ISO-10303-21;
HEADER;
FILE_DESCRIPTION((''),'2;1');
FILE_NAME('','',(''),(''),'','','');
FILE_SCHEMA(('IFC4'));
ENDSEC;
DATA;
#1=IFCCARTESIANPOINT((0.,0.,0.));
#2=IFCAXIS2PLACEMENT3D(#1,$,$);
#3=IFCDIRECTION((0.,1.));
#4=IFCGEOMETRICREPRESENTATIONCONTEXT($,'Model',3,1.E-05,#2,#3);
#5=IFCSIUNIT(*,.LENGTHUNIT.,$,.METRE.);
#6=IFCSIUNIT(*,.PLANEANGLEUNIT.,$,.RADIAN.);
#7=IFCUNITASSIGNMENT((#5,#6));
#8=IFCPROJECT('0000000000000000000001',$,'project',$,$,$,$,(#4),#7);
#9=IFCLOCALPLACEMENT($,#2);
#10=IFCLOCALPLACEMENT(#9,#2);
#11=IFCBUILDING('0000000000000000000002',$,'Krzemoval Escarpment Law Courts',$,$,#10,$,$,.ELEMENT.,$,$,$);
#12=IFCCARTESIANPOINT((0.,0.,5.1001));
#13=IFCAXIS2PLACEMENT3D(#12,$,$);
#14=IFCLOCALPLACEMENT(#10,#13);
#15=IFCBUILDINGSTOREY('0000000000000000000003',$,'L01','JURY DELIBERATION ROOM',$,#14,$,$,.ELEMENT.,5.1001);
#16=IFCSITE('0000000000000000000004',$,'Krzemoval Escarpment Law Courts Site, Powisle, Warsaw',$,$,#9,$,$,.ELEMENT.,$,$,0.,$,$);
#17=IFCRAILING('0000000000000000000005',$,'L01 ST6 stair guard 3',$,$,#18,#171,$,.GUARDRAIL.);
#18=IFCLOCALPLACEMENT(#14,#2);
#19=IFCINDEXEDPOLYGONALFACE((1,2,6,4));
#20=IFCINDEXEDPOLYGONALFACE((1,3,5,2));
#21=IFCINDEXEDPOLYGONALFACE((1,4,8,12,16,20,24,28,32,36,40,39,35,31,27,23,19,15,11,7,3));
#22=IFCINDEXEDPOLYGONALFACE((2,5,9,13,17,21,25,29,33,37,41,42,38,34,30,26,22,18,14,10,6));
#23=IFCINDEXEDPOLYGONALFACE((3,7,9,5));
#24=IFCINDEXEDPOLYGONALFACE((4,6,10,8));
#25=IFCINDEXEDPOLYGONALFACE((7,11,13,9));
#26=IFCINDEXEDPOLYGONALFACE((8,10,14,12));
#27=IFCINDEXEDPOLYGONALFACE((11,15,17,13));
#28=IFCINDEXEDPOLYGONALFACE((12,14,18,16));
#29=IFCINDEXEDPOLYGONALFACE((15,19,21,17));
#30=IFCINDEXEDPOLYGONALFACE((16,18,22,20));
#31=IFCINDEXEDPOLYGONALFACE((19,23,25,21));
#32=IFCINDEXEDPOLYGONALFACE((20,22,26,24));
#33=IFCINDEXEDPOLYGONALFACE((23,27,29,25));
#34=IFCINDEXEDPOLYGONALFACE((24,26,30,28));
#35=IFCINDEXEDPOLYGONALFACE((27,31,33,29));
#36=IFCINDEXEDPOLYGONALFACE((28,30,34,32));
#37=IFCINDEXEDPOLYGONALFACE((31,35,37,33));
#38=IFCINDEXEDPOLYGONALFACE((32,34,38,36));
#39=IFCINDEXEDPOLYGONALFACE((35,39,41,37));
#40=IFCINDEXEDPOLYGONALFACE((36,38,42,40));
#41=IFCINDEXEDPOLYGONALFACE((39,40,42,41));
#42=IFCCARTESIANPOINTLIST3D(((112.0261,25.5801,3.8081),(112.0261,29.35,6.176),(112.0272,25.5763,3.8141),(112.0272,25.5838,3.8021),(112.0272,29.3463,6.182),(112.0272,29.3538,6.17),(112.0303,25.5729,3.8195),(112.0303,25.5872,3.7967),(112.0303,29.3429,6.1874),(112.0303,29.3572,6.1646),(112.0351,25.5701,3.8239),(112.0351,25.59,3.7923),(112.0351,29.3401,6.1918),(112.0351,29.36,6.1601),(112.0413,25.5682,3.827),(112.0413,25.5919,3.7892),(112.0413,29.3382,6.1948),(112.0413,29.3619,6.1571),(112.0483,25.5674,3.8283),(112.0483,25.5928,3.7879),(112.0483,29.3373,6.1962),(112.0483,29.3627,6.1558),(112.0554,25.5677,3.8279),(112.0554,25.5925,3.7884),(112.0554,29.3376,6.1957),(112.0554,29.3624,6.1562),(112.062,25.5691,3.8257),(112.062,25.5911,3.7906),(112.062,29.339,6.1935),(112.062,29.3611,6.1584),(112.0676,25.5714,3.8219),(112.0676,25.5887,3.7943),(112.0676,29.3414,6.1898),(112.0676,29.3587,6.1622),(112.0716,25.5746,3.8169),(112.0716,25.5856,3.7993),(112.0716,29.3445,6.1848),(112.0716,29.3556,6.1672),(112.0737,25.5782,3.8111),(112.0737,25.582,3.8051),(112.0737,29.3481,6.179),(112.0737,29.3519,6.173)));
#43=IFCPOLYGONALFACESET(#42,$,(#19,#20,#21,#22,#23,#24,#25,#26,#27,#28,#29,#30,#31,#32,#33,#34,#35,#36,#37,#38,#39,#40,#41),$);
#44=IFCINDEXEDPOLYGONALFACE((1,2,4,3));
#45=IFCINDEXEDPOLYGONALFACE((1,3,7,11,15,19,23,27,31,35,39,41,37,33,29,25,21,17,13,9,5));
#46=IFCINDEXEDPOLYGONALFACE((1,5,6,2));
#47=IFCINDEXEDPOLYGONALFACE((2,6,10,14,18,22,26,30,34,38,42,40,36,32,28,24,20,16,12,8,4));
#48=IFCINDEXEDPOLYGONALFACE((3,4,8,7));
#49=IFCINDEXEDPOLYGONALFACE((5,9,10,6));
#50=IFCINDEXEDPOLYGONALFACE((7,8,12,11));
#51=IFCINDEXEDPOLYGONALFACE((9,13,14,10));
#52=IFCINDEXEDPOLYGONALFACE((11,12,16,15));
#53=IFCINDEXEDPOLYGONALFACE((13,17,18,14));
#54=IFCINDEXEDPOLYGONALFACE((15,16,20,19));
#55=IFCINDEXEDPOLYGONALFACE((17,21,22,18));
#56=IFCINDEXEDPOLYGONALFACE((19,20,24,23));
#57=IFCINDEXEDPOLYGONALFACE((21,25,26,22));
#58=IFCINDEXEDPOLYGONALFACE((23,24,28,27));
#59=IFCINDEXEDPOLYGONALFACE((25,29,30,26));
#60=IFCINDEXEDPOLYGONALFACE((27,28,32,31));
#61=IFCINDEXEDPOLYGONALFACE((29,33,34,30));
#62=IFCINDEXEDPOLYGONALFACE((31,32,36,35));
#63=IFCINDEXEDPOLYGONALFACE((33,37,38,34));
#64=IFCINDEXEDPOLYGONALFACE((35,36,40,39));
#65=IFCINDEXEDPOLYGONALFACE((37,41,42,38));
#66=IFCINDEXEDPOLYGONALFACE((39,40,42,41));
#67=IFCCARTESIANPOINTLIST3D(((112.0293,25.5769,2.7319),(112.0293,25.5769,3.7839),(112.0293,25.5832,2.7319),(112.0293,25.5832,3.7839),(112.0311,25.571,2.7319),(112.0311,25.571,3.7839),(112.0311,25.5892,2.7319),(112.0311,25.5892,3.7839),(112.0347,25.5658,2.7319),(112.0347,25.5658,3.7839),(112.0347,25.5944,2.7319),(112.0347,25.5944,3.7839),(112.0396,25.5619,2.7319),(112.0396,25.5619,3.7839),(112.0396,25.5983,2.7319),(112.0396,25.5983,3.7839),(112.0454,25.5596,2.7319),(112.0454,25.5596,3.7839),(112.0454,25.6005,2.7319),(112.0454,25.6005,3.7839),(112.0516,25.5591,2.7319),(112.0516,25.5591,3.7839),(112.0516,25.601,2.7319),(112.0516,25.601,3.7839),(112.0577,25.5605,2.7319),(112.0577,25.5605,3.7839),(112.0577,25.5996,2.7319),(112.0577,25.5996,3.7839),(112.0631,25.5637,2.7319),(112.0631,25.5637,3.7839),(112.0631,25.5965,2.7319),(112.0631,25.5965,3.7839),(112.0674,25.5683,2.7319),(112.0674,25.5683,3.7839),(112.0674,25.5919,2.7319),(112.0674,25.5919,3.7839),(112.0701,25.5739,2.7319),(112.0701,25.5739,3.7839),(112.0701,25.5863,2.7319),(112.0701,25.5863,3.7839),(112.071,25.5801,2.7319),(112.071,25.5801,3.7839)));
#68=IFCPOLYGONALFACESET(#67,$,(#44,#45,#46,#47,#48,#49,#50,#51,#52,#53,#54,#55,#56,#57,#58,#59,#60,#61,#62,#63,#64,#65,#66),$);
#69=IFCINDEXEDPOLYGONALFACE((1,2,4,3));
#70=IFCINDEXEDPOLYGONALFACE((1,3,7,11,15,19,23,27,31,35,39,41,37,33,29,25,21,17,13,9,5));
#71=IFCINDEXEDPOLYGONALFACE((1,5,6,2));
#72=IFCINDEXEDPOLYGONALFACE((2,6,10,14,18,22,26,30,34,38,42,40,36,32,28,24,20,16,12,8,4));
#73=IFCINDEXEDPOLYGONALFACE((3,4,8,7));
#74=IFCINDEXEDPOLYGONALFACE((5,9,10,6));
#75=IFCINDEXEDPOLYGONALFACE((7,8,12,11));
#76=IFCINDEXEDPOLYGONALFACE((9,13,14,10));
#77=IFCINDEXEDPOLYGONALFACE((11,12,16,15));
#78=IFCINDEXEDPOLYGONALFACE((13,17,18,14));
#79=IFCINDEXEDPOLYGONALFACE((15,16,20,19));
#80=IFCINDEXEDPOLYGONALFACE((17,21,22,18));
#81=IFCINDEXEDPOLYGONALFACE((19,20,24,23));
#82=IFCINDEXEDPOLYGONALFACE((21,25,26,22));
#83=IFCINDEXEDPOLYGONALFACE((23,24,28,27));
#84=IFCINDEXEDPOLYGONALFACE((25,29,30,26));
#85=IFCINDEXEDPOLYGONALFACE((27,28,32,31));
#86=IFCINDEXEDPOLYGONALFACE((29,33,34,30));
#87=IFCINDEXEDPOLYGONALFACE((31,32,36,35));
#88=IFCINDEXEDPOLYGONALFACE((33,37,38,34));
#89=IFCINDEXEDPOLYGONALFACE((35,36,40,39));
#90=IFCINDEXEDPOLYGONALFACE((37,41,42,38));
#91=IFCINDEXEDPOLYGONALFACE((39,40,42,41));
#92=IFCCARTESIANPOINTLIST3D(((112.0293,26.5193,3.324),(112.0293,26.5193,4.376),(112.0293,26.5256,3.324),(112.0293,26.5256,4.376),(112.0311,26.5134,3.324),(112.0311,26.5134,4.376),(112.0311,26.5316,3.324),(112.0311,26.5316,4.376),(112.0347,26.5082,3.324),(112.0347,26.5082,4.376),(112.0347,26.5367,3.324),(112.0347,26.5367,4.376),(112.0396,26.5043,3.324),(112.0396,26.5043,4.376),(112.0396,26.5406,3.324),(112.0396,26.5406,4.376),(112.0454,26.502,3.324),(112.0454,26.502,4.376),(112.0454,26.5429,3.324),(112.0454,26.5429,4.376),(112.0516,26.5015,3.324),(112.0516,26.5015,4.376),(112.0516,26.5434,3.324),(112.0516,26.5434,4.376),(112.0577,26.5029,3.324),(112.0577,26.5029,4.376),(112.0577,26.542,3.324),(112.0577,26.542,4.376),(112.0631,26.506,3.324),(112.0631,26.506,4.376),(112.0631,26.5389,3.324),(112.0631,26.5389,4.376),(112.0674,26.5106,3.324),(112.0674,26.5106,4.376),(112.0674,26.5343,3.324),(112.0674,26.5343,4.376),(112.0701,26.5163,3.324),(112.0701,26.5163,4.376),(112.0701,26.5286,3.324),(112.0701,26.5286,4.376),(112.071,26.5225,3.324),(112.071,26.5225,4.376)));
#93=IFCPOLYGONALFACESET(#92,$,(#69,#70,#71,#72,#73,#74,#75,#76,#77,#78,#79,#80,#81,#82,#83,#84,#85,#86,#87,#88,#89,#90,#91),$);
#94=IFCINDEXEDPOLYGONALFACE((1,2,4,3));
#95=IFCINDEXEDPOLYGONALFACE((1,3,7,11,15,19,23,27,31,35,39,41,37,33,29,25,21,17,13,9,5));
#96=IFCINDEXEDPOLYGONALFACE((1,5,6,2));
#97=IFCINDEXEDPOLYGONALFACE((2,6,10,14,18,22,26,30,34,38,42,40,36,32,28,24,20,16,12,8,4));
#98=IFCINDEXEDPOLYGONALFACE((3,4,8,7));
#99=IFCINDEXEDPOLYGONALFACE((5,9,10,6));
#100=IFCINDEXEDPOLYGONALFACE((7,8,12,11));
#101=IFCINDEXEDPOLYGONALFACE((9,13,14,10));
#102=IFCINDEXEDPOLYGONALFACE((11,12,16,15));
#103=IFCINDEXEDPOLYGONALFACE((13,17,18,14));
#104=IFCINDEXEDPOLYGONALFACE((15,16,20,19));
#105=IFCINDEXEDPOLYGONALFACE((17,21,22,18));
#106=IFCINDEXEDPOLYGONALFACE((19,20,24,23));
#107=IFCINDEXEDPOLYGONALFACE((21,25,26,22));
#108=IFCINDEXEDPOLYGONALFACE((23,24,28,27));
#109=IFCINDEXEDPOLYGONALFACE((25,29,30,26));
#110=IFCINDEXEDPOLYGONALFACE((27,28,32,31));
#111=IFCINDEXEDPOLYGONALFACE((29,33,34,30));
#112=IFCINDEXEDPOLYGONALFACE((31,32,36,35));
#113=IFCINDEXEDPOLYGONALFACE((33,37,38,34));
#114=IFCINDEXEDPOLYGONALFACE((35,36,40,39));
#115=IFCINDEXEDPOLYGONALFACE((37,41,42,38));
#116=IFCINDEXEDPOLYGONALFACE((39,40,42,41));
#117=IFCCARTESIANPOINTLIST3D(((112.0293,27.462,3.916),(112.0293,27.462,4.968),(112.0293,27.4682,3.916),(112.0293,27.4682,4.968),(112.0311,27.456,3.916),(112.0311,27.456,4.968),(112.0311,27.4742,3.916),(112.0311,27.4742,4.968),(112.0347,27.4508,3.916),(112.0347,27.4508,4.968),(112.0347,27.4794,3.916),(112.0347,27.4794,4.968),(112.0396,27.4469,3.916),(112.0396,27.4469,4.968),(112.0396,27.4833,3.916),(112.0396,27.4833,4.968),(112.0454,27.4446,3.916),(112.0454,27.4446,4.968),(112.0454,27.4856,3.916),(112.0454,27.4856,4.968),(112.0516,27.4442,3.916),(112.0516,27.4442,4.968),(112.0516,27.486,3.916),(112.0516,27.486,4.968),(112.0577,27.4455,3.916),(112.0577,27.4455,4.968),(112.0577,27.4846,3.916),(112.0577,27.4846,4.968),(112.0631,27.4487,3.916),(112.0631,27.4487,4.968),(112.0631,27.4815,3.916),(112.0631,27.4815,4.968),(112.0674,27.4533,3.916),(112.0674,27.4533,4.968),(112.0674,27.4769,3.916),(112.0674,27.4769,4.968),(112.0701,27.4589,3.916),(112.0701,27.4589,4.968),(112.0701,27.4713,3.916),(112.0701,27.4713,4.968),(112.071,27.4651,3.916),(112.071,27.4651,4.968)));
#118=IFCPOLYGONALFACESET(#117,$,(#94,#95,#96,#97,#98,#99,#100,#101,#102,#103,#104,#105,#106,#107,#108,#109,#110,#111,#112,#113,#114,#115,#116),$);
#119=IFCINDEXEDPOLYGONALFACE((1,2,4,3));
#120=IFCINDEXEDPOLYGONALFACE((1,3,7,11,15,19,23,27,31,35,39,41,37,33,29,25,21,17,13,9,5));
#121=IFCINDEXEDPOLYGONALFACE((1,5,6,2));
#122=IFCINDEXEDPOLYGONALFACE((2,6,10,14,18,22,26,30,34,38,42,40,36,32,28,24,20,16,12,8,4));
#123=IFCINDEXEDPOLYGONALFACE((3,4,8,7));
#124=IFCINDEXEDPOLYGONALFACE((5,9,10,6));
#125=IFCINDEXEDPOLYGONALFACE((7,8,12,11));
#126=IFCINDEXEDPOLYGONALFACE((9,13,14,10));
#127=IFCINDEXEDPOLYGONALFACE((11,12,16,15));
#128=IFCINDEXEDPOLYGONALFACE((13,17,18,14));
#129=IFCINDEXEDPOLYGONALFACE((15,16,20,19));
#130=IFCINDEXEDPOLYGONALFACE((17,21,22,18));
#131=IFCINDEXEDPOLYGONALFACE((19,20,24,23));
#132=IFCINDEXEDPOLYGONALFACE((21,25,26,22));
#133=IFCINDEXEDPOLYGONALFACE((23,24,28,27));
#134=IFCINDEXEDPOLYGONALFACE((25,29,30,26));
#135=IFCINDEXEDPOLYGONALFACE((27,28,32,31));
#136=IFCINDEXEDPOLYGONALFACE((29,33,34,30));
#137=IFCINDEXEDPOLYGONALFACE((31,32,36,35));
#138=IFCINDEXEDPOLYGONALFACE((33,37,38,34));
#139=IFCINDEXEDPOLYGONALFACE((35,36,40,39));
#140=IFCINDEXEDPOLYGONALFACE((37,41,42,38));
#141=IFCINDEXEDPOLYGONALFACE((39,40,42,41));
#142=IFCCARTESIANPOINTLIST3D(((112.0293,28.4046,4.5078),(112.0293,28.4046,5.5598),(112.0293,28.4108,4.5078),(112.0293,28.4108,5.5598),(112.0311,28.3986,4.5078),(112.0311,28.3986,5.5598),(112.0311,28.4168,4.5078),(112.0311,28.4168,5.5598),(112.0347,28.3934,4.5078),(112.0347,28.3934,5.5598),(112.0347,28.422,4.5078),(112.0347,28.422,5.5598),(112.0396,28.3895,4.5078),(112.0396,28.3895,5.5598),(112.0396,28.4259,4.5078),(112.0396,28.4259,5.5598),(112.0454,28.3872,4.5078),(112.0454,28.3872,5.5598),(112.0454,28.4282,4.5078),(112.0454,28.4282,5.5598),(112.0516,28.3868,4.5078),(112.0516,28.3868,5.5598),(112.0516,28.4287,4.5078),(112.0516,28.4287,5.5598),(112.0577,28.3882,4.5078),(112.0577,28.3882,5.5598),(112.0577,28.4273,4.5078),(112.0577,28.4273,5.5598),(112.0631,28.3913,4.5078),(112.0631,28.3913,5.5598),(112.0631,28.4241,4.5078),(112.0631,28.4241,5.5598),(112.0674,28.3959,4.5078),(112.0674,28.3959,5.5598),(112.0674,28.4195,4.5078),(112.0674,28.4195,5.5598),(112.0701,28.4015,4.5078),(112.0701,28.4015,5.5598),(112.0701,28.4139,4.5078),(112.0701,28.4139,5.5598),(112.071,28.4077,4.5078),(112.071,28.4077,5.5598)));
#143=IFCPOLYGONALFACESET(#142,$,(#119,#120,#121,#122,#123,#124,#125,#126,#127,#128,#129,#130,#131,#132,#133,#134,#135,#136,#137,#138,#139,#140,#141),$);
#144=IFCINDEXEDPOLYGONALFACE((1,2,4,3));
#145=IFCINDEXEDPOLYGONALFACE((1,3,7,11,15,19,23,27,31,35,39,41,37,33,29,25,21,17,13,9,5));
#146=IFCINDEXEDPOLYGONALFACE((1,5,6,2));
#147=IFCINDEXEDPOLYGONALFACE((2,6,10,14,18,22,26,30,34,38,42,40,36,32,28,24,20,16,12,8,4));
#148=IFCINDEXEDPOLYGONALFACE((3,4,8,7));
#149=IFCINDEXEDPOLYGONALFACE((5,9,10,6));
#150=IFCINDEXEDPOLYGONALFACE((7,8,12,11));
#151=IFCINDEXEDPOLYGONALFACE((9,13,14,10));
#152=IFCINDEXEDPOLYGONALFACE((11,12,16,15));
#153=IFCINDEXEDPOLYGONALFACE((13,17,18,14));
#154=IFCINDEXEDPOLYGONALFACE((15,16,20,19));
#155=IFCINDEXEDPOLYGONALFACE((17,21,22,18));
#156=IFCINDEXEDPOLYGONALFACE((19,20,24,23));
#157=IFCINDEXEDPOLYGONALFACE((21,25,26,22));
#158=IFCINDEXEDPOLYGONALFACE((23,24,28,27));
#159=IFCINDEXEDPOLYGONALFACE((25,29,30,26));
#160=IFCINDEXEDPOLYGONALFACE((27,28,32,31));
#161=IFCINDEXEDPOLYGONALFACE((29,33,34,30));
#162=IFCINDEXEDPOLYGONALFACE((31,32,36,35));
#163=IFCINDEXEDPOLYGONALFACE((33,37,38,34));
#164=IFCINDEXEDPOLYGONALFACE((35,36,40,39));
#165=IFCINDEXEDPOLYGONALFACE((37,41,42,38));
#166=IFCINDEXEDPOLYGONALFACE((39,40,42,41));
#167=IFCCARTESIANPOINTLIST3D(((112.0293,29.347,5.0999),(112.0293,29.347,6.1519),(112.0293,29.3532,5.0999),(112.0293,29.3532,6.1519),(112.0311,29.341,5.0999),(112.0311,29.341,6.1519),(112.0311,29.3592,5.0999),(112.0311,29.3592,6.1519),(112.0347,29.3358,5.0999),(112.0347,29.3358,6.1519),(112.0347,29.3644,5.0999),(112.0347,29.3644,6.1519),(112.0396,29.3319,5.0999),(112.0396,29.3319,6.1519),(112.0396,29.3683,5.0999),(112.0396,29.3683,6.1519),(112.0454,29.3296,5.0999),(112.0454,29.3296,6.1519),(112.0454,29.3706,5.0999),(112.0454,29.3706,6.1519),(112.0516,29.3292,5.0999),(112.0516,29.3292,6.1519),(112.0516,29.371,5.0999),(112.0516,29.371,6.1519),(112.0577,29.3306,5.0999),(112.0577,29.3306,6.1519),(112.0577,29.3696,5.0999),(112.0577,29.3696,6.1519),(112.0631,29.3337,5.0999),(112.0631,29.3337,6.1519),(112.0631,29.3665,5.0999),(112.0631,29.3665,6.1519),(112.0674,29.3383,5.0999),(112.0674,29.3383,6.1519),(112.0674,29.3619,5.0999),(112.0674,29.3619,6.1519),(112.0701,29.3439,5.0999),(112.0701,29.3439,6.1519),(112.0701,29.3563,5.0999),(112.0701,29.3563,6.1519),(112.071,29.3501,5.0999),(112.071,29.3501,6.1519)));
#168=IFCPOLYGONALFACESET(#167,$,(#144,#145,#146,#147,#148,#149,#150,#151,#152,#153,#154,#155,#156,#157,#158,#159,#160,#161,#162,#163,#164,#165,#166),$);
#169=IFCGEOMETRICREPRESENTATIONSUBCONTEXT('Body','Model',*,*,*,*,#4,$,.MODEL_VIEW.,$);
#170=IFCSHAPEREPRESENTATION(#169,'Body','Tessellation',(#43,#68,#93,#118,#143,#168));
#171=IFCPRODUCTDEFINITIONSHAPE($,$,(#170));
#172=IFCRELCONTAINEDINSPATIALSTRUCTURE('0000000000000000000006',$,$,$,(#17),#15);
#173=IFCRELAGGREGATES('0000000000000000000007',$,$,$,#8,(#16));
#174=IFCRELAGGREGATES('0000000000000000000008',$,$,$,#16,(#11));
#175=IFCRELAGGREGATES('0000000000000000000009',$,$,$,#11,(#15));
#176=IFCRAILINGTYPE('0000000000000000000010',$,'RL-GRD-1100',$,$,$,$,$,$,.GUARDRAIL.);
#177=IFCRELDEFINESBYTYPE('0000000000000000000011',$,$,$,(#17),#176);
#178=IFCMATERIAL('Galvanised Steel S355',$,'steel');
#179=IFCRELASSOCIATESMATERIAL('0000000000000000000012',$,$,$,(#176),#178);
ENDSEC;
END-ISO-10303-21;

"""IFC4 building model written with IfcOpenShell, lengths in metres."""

from ifc_helpers import new_model, si_unit, direction, frame, origin, origin_2d, place, context, subcontext, project, spatial, circle, extrude, material, type_object, element, save


model = new_model("IFC4")

# Units and contexts
model_context = context("Model", 3, precision=1e-05, world=origin(), true_north=direction((0.0, 1.0)))
body_context = subcontext(model_context, "Body", "Model", "MODEL_VIEW")
ifc_project = project(units=[si_unit("LENGTHUNIT", "METRE"), si_unit("PLANEANGLEUNIT", "RADIAN")], contexts=[model_context])

# Site, building, storey
site_placement = place(None, origin())
site = spatial("IfcSite", under=ifc_project, at=site_placement, Name="Krzemoval Escarpment Law Courts Site, Powisle, Warsaw", CompositionType="ELEMENT", RefElevation=0.0)
building_placement = place(site_placement, origin())
building = spatial("IfcBuilding", under=site, at=building_placement, Name="Krzemoval Escarpment Law Courts", CompositionType="ELEMENT")
storey_placement = place(building_placement, frame((0.0, 0.0, 5.1001)))
storey = spatial("IfcBuildingStorey", under=building, at=storey_placement, Name="L01", Description="JURY DELIBERATION ROOM", CompositionType="ELEMENT", Elevation=5.1001)

# Railing
ifc_material_1 = material(Name="Galvanised Steel S355", Category="steel")
railing_type_1 = type_object("IfcRailingType", Name="RL-GRD-1100", PredefinedType="GUARDRAIL", material=ifc_material_1)
railing_1_placement = place(storey_placement, frame((112.05, 25.5801, 2.7319)))
element("IfcRailing", 1, at=railing_1_placement, inside=storey, type_object=railing_type_1, Name="L01 ST6 stair guard 3", PredefinedType="GUARDRAIL", context=body_context, shape_type="SweptSolid", body=[
    extrude(circle(Radius=0.0239, at=origin_2d()), frame((0.0, 0.0, 1.0762), z_axis=(0.0, 0.846819, 0.531881), x_axis=(-1.0, 0.0, 0.0)), (0.0, 0.0, 1.0), 4.4519),
    extrude(circle(Radius=0.021, at=origin_2d()), origin(), (0.0, 0.0, 1.0), 1.052),
    extrude(circle(Radius=0.021, at=origin_2d()), frame((0.0, 0.9424, 0.592)), (0.0, 0.0, 1.0), 1.052),
    extrude(circle(Radius=0.021, at=origin_2d()), frame((0.0, 1.885, 1.1841)), (0.0, 0.0, 1.0), 1.052),
    extrude(circle(Radius=0.021, at=origin_2d()), frame((0.0, 2.8276, 1.7759)), (0.0, 0.0, 1.0), 1.052),
    extrude(circle(Radius=0.021, at=origin_2d()), frame((0.0, 3.77, 2.3679)), (0.0, 0.0, 1.0), 1.052),
])

save(model, "model.ifc")
